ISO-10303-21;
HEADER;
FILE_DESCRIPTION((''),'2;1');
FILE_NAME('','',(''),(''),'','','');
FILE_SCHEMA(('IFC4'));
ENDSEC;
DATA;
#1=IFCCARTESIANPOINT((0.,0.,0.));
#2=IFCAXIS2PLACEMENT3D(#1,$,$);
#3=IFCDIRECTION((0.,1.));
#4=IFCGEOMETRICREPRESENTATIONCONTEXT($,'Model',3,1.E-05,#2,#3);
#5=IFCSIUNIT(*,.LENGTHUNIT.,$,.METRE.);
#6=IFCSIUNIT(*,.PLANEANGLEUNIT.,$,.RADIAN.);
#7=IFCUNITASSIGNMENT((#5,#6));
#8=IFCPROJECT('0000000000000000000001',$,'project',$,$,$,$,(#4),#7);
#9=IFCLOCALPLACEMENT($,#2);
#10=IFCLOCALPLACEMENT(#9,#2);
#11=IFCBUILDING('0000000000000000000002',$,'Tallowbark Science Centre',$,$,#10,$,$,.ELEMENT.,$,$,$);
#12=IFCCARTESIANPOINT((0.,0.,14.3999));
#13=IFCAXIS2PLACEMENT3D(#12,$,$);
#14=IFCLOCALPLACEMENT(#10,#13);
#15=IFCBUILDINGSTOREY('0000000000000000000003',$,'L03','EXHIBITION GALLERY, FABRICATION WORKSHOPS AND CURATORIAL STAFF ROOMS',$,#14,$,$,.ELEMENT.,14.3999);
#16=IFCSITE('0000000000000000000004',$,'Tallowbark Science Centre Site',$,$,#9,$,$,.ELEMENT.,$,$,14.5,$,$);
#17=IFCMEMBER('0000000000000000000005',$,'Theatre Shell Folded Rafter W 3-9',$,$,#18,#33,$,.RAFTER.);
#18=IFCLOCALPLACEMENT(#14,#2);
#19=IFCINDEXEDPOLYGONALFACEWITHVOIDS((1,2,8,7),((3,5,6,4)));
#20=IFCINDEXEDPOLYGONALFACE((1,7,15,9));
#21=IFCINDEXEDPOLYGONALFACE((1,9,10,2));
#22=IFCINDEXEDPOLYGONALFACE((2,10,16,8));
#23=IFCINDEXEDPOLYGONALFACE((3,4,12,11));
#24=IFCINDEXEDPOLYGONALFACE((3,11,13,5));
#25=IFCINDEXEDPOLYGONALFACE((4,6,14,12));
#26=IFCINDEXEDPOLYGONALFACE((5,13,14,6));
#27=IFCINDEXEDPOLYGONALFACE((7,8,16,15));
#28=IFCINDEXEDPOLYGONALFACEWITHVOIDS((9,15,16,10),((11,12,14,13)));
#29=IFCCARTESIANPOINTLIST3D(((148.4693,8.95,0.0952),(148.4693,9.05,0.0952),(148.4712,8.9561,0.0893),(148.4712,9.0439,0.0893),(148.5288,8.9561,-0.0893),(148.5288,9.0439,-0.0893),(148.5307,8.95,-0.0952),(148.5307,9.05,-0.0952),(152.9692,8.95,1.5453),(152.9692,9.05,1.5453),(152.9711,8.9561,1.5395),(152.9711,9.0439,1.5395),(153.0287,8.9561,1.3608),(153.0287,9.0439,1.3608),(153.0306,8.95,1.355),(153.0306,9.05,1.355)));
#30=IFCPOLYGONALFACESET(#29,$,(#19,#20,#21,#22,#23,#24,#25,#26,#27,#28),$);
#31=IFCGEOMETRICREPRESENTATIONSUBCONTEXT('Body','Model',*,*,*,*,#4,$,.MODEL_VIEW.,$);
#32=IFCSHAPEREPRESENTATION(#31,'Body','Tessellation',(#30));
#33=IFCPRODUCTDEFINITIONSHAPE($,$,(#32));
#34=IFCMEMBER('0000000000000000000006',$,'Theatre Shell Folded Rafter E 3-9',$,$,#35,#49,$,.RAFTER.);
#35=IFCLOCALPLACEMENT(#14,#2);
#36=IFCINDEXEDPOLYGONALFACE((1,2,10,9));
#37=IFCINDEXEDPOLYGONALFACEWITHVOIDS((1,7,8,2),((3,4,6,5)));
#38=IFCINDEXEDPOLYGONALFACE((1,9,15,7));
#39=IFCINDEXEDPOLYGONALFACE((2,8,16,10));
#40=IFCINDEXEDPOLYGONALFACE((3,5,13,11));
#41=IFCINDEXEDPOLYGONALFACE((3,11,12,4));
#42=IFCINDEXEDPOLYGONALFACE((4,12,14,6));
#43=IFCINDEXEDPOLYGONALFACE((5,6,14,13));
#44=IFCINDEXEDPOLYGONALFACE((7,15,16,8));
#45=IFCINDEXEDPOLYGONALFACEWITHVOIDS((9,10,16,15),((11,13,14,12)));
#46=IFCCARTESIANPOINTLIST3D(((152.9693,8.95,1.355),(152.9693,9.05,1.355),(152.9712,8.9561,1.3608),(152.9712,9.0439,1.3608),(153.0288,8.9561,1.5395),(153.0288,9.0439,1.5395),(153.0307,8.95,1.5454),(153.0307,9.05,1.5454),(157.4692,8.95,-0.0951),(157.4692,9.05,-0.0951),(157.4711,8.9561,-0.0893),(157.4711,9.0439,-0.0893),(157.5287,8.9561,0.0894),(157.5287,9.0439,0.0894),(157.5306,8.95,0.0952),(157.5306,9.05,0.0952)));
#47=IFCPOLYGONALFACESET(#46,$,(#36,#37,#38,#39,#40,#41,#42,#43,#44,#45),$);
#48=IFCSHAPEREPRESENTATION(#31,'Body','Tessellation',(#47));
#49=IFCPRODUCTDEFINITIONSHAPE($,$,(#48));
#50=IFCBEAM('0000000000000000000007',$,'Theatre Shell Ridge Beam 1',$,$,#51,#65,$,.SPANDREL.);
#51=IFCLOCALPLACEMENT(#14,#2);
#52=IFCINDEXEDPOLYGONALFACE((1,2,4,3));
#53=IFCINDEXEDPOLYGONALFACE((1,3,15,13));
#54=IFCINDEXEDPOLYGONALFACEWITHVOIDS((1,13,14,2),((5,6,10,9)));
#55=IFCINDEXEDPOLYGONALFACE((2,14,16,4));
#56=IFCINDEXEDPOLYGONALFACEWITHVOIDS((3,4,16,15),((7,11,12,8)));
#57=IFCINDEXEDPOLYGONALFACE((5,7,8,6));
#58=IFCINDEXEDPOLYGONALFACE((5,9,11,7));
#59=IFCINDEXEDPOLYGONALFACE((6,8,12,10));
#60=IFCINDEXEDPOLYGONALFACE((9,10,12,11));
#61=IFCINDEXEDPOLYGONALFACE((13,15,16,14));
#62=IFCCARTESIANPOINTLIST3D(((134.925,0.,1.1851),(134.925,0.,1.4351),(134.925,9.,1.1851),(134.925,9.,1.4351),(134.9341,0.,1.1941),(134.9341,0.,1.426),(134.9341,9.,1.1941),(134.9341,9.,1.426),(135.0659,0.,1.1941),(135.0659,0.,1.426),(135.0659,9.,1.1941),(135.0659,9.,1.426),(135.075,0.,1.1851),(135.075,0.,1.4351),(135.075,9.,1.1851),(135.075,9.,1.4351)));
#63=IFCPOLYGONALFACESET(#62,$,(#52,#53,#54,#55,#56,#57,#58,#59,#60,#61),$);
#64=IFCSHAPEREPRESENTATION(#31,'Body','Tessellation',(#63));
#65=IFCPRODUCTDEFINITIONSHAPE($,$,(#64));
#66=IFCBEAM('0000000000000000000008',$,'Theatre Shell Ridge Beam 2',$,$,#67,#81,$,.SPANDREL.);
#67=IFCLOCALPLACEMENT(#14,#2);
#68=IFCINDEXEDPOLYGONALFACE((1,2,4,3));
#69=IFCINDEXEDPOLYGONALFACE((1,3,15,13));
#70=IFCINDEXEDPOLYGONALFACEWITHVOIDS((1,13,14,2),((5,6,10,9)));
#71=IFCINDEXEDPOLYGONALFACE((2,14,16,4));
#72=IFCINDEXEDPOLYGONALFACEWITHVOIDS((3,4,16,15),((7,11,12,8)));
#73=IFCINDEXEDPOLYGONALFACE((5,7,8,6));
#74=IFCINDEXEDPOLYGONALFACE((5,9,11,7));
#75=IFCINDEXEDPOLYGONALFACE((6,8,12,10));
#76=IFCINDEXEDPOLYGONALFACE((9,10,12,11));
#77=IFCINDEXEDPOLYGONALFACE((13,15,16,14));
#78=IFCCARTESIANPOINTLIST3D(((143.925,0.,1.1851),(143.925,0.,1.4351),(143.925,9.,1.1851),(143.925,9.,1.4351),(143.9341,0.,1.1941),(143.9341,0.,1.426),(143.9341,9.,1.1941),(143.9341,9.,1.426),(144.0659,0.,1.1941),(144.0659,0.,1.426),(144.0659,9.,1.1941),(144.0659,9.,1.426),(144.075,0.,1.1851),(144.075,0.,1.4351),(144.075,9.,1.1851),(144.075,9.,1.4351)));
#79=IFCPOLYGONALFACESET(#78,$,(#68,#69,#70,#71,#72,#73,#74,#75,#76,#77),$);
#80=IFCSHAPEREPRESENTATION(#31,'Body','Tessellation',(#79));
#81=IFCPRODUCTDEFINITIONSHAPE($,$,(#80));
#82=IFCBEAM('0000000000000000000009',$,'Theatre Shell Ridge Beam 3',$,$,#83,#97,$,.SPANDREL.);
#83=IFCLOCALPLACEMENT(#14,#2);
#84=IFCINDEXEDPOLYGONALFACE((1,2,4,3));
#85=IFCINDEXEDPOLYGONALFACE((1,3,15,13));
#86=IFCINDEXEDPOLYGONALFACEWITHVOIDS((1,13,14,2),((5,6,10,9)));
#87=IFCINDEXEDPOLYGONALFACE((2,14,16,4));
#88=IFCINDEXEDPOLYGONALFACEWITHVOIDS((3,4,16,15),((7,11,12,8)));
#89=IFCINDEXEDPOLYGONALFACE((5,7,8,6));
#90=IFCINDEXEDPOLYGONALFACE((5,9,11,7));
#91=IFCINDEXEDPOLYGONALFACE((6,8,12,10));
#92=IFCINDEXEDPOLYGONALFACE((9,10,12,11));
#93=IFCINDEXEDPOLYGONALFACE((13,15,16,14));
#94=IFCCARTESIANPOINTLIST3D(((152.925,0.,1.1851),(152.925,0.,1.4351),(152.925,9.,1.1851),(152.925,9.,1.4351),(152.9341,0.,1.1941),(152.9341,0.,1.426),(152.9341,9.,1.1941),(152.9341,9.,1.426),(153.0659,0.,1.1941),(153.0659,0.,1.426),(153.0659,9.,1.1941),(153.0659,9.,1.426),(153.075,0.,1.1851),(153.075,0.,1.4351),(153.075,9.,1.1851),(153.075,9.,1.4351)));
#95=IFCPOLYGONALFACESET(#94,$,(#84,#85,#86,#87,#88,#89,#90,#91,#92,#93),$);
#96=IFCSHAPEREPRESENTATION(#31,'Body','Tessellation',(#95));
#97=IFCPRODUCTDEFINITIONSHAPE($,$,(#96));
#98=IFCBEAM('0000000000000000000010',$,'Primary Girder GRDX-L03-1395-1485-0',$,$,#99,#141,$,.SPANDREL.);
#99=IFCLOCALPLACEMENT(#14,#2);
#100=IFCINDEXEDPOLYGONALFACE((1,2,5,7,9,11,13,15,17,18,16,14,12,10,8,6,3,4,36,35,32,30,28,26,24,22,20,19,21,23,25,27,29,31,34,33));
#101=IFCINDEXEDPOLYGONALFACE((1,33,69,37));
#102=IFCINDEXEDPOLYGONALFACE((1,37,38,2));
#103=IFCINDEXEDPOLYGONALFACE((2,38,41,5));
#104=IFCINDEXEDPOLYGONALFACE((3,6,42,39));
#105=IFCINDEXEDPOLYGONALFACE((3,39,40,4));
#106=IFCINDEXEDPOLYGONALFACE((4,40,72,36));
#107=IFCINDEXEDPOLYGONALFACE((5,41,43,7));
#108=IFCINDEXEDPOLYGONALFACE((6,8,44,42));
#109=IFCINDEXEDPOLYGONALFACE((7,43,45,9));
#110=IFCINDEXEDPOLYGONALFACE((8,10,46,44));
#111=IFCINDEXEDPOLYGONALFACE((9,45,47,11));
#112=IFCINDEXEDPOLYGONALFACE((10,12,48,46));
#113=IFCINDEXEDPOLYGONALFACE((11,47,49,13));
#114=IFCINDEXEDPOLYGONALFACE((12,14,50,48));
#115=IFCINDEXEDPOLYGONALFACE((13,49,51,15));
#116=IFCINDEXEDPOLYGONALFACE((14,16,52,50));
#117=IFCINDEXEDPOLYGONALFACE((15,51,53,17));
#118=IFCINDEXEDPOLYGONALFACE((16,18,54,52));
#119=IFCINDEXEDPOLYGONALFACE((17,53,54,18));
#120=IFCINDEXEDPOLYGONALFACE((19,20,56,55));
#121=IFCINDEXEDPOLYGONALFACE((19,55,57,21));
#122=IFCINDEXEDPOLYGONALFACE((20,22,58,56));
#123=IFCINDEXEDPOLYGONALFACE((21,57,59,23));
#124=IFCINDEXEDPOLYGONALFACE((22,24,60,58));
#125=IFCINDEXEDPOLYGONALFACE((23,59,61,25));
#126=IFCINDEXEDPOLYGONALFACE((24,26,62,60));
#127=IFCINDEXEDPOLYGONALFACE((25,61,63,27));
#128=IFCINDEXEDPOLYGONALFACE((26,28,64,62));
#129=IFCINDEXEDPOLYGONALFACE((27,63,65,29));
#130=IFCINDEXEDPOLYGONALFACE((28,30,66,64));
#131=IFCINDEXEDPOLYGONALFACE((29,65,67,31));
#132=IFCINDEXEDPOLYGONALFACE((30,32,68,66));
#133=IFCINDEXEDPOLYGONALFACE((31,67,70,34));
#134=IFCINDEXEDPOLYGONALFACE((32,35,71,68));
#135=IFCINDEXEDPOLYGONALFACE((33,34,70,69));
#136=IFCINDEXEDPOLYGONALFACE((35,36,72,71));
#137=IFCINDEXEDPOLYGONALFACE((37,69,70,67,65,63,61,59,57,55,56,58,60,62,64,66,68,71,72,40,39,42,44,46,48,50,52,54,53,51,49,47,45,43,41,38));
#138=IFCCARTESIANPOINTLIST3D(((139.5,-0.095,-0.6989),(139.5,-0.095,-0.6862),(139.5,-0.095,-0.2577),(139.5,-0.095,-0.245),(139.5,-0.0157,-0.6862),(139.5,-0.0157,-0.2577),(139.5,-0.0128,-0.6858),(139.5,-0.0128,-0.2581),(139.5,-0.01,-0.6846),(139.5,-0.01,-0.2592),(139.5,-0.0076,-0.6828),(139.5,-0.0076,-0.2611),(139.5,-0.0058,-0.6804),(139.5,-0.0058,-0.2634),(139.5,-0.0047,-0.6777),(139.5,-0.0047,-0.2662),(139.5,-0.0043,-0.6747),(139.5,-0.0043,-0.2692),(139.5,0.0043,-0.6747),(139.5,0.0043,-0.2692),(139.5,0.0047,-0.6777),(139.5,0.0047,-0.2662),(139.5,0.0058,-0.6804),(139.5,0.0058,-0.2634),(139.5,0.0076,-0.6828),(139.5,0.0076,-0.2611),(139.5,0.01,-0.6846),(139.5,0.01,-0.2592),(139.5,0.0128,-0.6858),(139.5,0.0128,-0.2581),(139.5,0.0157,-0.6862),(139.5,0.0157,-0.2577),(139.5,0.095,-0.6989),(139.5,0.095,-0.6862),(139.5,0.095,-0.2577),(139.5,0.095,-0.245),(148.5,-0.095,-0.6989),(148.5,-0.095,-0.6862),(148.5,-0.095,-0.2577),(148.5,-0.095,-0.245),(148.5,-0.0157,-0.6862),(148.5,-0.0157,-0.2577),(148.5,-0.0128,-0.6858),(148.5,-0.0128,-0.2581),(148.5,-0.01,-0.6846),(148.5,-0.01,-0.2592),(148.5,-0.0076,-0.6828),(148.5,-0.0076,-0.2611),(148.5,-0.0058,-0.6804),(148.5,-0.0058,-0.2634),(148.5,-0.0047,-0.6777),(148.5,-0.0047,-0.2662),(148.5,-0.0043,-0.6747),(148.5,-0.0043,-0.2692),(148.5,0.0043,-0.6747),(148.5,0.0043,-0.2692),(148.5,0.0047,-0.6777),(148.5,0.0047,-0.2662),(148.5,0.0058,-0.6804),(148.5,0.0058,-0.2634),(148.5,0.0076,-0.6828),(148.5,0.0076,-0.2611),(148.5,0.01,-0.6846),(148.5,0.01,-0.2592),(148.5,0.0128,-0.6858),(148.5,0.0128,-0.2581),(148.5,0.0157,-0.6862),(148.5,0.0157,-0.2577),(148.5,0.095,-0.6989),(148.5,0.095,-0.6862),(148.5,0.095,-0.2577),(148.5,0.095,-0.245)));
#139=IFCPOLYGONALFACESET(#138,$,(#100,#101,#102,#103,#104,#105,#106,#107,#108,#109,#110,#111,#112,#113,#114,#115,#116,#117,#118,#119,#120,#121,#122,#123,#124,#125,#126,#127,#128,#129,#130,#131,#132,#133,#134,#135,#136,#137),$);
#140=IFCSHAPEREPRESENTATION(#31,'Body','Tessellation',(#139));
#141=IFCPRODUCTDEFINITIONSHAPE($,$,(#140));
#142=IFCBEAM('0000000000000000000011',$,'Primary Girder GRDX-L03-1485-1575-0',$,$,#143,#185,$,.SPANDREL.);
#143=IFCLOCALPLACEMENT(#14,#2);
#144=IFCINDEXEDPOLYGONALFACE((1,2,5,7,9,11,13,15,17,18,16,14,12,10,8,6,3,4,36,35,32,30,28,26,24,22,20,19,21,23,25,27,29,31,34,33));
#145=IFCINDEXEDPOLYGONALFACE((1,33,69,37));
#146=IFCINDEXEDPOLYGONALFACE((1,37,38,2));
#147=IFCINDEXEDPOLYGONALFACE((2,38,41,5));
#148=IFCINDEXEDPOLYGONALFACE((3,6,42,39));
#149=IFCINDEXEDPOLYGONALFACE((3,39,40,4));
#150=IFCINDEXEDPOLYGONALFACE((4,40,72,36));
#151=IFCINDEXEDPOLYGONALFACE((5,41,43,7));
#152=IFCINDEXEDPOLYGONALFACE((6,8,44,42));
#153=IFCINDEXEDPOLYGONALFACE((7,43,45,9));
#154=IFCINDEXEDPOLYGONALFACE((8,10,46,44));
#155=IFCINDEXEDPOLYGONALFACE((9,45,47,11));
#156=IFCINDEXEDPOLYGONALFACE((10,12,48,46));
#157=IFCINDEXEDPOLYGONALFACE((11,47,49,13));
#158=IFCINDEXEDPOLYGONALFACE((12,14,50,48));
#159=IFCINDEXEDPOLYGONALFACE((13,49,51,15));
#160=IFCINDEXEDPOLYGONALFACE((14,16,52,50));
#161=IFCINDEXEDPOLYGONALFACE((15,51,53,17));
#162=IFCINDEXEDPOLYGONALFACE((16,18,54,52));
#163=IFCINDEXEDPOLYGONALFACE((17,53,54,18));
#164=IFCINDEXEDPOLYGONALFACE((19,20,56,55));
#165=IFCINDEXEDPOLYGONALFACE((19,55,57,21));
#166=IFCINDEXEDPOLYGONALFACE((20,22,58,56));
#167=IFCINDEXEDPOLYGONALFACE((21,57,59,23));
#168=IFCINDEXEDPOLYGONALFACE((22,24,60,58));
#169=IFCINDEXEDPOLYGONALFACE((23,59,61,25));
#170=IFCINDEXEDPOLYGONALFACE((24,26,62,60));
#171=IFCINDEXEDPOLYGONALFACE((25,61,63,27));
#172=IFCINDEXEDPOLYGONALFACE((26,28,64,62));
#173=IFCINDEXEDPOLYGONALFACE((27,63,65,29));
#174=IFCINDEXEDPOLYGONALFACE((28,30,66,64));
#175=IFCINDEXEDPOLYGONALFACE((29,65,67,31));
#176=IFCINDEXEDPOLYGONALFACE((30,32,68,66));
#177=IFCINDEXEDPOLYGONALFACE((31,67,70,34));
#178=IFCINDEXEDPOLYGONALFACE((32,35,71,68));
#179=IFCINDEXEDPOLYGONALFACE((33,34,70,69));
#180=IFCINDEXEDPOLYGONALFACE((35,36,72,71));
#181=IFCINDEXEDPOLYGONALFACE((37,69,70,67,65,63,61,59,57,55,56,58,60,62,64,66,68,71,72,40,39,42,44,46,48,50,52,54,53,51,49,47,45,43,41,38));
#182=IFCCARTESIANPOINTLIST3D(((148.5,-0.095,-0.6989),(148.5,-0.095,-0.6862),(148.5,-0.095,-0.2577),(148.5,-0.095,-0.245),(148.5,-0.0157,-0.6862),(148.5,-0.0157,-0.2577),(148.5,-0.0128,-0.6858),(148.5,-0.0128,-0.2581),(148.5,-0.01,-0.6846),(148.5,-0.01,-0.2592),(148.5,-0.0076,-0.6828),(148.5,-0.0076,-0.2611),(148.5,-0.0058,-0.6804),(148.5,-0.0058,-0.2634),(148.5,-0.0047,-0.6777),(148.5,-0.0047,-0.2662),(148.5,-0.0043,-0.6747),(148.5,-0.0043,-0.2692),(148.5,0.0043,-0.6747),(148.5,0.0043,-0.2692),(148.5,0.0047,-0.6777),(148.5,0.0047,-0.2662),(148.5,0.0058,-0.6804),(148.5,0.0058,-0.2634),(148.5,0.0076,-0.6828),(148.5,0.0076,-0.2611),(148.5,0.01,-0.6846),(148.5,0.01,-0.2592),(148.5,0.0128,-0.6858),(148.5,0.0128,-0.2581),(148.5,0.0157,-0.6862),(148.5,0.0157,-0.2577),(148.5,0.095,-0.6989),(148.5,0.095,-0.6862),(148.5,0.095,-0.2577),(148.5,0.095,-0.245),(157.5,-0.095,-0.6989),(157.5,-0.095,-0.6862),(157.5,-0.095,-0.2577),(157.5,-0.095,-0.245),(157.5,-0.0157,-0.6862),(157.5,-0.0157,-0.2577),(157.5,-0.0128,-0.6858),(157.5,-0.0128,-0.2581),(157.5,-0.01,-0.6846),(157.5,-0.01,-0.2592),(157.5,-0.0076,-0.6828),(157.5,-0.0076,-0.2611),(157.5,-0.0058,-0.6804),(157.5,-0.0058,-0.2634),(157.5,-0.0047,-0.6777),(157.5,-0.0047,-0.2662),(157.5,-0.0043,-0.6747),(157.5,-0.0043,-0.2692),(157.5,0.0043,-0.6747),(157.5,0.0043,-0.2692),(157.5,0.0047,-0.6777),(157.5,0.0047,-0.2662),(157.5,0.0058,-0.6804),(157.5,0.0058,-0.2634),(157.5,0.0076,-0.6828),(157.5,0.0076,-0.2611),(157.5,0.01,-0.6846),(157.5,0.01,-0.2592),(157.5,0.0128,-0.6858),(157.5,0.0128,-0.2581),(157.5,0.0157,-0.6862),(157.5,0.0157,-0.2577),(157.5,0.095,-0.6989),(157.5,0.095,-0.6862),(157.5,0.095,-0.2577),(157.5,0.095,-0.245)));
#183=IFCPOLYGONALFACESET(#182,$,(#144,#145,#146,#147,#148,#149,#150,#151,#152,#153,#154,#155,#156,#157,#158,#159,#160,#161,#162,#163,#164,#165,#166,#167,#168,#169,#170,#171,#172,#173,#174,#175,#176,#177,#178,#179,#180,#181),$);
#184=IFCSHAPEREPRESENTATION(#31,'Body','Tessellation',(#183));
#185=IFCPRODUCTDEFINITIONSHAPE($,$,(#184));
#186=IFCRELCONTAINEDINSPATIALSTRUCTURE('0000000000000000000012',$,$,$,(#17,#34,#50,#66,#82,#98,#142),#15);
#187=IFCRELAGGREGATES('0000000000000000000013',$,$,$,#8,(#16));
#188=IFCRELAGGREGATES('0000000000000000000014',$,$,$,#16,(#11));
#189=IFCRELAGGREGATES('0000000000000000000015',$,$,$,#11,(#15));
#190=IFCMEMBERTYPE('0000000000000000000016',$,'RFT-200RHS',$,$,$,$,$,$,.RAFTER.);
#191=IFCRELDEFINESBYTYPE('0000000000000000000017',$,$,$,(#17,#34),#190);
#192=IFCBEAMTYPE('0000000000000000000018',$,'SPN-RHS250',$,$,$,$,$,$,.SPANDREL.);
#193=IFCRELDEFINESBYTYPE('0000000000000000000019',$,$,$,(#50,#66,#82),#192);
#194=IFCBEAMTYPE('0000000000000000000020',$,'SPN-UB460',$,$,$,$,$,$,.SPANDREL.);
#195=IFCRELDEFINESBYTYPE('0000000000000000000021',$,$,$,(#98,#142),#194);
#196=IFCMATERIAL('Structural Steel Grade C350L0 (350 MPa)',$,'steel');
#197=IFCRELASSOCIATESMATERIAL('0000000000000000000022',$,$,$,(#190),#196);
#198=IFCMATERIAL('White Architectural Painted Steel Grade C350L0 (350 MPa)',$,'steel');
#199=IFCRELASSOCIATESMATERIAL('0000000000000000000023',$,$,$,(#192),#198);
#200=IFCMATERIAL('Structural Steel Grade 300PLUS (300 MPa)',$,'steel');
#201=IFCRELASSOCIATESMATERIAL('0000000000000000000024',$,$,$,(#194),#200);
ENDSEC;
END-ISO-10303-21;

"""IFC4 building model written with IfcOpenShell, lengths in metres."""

from ifc_helpers import new_model, si_unit, direction, frame, origin, origin_2d, place, context, subcontext, project, spatial, hollow_rectangle, i_section, extrude, material, material_profile, profile_set, type_object, element, save


model = new_model("IFC4")

# Units and contexts
model_context = context("Model", 3, precision=1e-05, world=origin(), true_north=direction((0.0, 1.0)))
body_context = subcontext(model_context, "Body", "Model", "MODEL_VIEW")
ifc_project = project(units=[si_unit("LENGTHUNIT", "METRE"), si_unit("PLANEANGLEUNIT", "RADIAN")], contexts=[model_context])

# Site, building, storey
site_placement = place(None, origin())
site = spatial("IfcSite", under=ifc_project, at=site_placement, Name="Tallowbark Science Centre Site", CompositionType="ELEMENT", RefElevation=14.5)
building_placement = place(site_placement, origin())
building = spatial("IfcBuilding", under=site, at=building_placement, Name="Tallowbark Science Centre", CompositionType="ELEMENT")
storey_placement = place(building_placement, frame((0.0, 0.0, 14.3999)))
storey = spatial("IfcBuildingStorey", under=building, at=storey_placement, Name="L03", Description="EXHIBITION GALLERY, FABRICATION WORKSHOPS AND CURATORIAL STAFF ROOMS", CompositionType="ELEMENT", Elevation=14.3999)

# Shared definitions
ifc_material_1 = material(Name="Structural Steel Grade 300PLUS (300 MPa)", Category="steel")

# Members
ifc_material_2 = material(Name="Structural Steel Grade C350L0 (350 MPa)", Category="steel")
ifc_material_profile_1 = material_profile(ifc_material_2, hollow_rectangle(XDim=0.1001, YDim=0.2, WallThickness=0.0061, at=origin_2d()), Name="200x100x6.0RHS")
ifc_profile_set_1 = profile_set([ifc_material_profile_1], Name="Structural Steel Grade C350L0 (350 MPa)")
member_type = type_object("IfcMemberType", Name="RFT-200RHS", PredefinedType="RAFTER", material=ifc_profile_set_1)
for number, where, z_axis, x_axis, name in (
    (1, (148.5, 9.0, 0.0), (0.951796, 0.0, 0.306731), (0.0, 1.0, 0.0), "Theatre Shell Folded Rafter W 3-9"),
    (2, (153.0, 9.0, 1.4502), (0.951796, 0.0, -0.306731), (0.0, 1.0, 0.0), "Theatre Shell Folded Rafter E 3-9"),
):
    element("IfcMember", number, at=place(storey_placement, frame(where, z_axis=z_axis, x_axis=x_axis)), inside=storey, type_object=member_type, Name=name, PredefinedType="RAFTER", context=body_context, shape_type="SweptSolid", body=[
        extrude(hollow_rectangle(XDim=0.1001, YDim=0.2, WallThickness=0.0061, at=origin_2d()), origin(), (0.0, 0.0, 1.0), 4.7278),
    ])

# Beams
ifc_material_3 = material(Name="White Architectural Painted Steel Grade C350L0 (350 MPa)", Category="steel")
ifc_material_profile_2 = material_profile(ifc_material_3, hollow_rectangle(XDim=0.1499, YDim=0.25, WallThickness=0.009, at=origin_2d()), Name="250x150x9.0RHS")
ifc_profile_set_2 = profile_set([ifc_material_profile_2], Name="White Architectural Painted Steel Grade C350L0 (350 MPa)")
beam_type_1 = type_object("IfcBeamType", Name="SPN-RHS250", PredefinedType="SPANDREL", material=ifc_profile_set_2)
for number, where, z_axis, x_axis, name in (
    (3, (135.0, 0.0, 1.3101), (0.0, 1.0, 0.0), (-1.0, 0.0, 0.0), "Theatre Shell Ridge Beam 1"),
    (4, (144.0, 0.0, 1.3101), (0.0, 1.0, 0.0), (-1.0, 0.0, 0.0), "Theatre Shell Ridge Beam 2"),
    (5, (153.0, 0.0, 1.3101), (0.0, 1.0, 0.0), (-1.0, 0.0, 0.0), "Theatre Shell Ridge Beam 3"),
):
    element("IfcBeam", number, at=place(storey_placement, frame(where, z_axis=z_axis, x_axis=x_axis)), inside=storey, type_object=beam_type_1, Name=name, PredefinedType="SPANDREL", context=body_context, shape_type="SweptSolid", body=[
        extrude(hollow_rectangle(XDim=0.1499, YDim=0.25, WallThickness=0.009, at=origin_2d()), origin(), (0.0, 0.0, 1.0), 9.0),
    ])
ifc_material_profile_3 = material_profile(ifc_material_1, i_section(OverallWidth=0.1899, OverallDepth=0.4539, WebThickness=0.0085, FlangeThickness=0.0127, FilletRadius=0.0115, at=origin_2d()), Name="460UB67.1")
ifc_profile_set_3 = profile_set([ifc_material_profile_3], Name="Structural Steel Grade 300PLUS (300 MPa)")
beam_type_2 = type_object("IfcBeamType", Name="SPN-UB460", PredefinedType="SPANDREL", material=ifc_profile_set_3)
for number, where, z_axis, x_axis, name in (
    (6, (139.5, 0.0, -0.4719), (1.0, 0.0, 0.0), (0.0, 1.0, 0.0), "Primary Girder GRDX-L03-1395-1485-0"),
    (7, (148.5, 0.0, -0.4719), (1.0, 0.0, 0.0), (0.0, 1.0, 0.0), "Primary Girder GRDX-L03-1485-1575-0"),
):
    element("IfcBeam", number, at=place(storey_placement, frame(where, z_axis=z_axis, x_axis=x_axis)), inside=storey, type_object=beam_type_2, Name=name, PredefinedType="SPANDREL", context=body_context, shape_type="SweptSolid", body=[
        extrude(i_section(OverallWidth=0.1899, OverallDepth=0.4539, WebThickness=0.0085, FlangeThickness=0.0127, FilletRadius=0.0115, at=origin_2d()), origin(), (0.0, 0.0, 1.0), 9.0),
    ])

save(model, "model.ifc")
